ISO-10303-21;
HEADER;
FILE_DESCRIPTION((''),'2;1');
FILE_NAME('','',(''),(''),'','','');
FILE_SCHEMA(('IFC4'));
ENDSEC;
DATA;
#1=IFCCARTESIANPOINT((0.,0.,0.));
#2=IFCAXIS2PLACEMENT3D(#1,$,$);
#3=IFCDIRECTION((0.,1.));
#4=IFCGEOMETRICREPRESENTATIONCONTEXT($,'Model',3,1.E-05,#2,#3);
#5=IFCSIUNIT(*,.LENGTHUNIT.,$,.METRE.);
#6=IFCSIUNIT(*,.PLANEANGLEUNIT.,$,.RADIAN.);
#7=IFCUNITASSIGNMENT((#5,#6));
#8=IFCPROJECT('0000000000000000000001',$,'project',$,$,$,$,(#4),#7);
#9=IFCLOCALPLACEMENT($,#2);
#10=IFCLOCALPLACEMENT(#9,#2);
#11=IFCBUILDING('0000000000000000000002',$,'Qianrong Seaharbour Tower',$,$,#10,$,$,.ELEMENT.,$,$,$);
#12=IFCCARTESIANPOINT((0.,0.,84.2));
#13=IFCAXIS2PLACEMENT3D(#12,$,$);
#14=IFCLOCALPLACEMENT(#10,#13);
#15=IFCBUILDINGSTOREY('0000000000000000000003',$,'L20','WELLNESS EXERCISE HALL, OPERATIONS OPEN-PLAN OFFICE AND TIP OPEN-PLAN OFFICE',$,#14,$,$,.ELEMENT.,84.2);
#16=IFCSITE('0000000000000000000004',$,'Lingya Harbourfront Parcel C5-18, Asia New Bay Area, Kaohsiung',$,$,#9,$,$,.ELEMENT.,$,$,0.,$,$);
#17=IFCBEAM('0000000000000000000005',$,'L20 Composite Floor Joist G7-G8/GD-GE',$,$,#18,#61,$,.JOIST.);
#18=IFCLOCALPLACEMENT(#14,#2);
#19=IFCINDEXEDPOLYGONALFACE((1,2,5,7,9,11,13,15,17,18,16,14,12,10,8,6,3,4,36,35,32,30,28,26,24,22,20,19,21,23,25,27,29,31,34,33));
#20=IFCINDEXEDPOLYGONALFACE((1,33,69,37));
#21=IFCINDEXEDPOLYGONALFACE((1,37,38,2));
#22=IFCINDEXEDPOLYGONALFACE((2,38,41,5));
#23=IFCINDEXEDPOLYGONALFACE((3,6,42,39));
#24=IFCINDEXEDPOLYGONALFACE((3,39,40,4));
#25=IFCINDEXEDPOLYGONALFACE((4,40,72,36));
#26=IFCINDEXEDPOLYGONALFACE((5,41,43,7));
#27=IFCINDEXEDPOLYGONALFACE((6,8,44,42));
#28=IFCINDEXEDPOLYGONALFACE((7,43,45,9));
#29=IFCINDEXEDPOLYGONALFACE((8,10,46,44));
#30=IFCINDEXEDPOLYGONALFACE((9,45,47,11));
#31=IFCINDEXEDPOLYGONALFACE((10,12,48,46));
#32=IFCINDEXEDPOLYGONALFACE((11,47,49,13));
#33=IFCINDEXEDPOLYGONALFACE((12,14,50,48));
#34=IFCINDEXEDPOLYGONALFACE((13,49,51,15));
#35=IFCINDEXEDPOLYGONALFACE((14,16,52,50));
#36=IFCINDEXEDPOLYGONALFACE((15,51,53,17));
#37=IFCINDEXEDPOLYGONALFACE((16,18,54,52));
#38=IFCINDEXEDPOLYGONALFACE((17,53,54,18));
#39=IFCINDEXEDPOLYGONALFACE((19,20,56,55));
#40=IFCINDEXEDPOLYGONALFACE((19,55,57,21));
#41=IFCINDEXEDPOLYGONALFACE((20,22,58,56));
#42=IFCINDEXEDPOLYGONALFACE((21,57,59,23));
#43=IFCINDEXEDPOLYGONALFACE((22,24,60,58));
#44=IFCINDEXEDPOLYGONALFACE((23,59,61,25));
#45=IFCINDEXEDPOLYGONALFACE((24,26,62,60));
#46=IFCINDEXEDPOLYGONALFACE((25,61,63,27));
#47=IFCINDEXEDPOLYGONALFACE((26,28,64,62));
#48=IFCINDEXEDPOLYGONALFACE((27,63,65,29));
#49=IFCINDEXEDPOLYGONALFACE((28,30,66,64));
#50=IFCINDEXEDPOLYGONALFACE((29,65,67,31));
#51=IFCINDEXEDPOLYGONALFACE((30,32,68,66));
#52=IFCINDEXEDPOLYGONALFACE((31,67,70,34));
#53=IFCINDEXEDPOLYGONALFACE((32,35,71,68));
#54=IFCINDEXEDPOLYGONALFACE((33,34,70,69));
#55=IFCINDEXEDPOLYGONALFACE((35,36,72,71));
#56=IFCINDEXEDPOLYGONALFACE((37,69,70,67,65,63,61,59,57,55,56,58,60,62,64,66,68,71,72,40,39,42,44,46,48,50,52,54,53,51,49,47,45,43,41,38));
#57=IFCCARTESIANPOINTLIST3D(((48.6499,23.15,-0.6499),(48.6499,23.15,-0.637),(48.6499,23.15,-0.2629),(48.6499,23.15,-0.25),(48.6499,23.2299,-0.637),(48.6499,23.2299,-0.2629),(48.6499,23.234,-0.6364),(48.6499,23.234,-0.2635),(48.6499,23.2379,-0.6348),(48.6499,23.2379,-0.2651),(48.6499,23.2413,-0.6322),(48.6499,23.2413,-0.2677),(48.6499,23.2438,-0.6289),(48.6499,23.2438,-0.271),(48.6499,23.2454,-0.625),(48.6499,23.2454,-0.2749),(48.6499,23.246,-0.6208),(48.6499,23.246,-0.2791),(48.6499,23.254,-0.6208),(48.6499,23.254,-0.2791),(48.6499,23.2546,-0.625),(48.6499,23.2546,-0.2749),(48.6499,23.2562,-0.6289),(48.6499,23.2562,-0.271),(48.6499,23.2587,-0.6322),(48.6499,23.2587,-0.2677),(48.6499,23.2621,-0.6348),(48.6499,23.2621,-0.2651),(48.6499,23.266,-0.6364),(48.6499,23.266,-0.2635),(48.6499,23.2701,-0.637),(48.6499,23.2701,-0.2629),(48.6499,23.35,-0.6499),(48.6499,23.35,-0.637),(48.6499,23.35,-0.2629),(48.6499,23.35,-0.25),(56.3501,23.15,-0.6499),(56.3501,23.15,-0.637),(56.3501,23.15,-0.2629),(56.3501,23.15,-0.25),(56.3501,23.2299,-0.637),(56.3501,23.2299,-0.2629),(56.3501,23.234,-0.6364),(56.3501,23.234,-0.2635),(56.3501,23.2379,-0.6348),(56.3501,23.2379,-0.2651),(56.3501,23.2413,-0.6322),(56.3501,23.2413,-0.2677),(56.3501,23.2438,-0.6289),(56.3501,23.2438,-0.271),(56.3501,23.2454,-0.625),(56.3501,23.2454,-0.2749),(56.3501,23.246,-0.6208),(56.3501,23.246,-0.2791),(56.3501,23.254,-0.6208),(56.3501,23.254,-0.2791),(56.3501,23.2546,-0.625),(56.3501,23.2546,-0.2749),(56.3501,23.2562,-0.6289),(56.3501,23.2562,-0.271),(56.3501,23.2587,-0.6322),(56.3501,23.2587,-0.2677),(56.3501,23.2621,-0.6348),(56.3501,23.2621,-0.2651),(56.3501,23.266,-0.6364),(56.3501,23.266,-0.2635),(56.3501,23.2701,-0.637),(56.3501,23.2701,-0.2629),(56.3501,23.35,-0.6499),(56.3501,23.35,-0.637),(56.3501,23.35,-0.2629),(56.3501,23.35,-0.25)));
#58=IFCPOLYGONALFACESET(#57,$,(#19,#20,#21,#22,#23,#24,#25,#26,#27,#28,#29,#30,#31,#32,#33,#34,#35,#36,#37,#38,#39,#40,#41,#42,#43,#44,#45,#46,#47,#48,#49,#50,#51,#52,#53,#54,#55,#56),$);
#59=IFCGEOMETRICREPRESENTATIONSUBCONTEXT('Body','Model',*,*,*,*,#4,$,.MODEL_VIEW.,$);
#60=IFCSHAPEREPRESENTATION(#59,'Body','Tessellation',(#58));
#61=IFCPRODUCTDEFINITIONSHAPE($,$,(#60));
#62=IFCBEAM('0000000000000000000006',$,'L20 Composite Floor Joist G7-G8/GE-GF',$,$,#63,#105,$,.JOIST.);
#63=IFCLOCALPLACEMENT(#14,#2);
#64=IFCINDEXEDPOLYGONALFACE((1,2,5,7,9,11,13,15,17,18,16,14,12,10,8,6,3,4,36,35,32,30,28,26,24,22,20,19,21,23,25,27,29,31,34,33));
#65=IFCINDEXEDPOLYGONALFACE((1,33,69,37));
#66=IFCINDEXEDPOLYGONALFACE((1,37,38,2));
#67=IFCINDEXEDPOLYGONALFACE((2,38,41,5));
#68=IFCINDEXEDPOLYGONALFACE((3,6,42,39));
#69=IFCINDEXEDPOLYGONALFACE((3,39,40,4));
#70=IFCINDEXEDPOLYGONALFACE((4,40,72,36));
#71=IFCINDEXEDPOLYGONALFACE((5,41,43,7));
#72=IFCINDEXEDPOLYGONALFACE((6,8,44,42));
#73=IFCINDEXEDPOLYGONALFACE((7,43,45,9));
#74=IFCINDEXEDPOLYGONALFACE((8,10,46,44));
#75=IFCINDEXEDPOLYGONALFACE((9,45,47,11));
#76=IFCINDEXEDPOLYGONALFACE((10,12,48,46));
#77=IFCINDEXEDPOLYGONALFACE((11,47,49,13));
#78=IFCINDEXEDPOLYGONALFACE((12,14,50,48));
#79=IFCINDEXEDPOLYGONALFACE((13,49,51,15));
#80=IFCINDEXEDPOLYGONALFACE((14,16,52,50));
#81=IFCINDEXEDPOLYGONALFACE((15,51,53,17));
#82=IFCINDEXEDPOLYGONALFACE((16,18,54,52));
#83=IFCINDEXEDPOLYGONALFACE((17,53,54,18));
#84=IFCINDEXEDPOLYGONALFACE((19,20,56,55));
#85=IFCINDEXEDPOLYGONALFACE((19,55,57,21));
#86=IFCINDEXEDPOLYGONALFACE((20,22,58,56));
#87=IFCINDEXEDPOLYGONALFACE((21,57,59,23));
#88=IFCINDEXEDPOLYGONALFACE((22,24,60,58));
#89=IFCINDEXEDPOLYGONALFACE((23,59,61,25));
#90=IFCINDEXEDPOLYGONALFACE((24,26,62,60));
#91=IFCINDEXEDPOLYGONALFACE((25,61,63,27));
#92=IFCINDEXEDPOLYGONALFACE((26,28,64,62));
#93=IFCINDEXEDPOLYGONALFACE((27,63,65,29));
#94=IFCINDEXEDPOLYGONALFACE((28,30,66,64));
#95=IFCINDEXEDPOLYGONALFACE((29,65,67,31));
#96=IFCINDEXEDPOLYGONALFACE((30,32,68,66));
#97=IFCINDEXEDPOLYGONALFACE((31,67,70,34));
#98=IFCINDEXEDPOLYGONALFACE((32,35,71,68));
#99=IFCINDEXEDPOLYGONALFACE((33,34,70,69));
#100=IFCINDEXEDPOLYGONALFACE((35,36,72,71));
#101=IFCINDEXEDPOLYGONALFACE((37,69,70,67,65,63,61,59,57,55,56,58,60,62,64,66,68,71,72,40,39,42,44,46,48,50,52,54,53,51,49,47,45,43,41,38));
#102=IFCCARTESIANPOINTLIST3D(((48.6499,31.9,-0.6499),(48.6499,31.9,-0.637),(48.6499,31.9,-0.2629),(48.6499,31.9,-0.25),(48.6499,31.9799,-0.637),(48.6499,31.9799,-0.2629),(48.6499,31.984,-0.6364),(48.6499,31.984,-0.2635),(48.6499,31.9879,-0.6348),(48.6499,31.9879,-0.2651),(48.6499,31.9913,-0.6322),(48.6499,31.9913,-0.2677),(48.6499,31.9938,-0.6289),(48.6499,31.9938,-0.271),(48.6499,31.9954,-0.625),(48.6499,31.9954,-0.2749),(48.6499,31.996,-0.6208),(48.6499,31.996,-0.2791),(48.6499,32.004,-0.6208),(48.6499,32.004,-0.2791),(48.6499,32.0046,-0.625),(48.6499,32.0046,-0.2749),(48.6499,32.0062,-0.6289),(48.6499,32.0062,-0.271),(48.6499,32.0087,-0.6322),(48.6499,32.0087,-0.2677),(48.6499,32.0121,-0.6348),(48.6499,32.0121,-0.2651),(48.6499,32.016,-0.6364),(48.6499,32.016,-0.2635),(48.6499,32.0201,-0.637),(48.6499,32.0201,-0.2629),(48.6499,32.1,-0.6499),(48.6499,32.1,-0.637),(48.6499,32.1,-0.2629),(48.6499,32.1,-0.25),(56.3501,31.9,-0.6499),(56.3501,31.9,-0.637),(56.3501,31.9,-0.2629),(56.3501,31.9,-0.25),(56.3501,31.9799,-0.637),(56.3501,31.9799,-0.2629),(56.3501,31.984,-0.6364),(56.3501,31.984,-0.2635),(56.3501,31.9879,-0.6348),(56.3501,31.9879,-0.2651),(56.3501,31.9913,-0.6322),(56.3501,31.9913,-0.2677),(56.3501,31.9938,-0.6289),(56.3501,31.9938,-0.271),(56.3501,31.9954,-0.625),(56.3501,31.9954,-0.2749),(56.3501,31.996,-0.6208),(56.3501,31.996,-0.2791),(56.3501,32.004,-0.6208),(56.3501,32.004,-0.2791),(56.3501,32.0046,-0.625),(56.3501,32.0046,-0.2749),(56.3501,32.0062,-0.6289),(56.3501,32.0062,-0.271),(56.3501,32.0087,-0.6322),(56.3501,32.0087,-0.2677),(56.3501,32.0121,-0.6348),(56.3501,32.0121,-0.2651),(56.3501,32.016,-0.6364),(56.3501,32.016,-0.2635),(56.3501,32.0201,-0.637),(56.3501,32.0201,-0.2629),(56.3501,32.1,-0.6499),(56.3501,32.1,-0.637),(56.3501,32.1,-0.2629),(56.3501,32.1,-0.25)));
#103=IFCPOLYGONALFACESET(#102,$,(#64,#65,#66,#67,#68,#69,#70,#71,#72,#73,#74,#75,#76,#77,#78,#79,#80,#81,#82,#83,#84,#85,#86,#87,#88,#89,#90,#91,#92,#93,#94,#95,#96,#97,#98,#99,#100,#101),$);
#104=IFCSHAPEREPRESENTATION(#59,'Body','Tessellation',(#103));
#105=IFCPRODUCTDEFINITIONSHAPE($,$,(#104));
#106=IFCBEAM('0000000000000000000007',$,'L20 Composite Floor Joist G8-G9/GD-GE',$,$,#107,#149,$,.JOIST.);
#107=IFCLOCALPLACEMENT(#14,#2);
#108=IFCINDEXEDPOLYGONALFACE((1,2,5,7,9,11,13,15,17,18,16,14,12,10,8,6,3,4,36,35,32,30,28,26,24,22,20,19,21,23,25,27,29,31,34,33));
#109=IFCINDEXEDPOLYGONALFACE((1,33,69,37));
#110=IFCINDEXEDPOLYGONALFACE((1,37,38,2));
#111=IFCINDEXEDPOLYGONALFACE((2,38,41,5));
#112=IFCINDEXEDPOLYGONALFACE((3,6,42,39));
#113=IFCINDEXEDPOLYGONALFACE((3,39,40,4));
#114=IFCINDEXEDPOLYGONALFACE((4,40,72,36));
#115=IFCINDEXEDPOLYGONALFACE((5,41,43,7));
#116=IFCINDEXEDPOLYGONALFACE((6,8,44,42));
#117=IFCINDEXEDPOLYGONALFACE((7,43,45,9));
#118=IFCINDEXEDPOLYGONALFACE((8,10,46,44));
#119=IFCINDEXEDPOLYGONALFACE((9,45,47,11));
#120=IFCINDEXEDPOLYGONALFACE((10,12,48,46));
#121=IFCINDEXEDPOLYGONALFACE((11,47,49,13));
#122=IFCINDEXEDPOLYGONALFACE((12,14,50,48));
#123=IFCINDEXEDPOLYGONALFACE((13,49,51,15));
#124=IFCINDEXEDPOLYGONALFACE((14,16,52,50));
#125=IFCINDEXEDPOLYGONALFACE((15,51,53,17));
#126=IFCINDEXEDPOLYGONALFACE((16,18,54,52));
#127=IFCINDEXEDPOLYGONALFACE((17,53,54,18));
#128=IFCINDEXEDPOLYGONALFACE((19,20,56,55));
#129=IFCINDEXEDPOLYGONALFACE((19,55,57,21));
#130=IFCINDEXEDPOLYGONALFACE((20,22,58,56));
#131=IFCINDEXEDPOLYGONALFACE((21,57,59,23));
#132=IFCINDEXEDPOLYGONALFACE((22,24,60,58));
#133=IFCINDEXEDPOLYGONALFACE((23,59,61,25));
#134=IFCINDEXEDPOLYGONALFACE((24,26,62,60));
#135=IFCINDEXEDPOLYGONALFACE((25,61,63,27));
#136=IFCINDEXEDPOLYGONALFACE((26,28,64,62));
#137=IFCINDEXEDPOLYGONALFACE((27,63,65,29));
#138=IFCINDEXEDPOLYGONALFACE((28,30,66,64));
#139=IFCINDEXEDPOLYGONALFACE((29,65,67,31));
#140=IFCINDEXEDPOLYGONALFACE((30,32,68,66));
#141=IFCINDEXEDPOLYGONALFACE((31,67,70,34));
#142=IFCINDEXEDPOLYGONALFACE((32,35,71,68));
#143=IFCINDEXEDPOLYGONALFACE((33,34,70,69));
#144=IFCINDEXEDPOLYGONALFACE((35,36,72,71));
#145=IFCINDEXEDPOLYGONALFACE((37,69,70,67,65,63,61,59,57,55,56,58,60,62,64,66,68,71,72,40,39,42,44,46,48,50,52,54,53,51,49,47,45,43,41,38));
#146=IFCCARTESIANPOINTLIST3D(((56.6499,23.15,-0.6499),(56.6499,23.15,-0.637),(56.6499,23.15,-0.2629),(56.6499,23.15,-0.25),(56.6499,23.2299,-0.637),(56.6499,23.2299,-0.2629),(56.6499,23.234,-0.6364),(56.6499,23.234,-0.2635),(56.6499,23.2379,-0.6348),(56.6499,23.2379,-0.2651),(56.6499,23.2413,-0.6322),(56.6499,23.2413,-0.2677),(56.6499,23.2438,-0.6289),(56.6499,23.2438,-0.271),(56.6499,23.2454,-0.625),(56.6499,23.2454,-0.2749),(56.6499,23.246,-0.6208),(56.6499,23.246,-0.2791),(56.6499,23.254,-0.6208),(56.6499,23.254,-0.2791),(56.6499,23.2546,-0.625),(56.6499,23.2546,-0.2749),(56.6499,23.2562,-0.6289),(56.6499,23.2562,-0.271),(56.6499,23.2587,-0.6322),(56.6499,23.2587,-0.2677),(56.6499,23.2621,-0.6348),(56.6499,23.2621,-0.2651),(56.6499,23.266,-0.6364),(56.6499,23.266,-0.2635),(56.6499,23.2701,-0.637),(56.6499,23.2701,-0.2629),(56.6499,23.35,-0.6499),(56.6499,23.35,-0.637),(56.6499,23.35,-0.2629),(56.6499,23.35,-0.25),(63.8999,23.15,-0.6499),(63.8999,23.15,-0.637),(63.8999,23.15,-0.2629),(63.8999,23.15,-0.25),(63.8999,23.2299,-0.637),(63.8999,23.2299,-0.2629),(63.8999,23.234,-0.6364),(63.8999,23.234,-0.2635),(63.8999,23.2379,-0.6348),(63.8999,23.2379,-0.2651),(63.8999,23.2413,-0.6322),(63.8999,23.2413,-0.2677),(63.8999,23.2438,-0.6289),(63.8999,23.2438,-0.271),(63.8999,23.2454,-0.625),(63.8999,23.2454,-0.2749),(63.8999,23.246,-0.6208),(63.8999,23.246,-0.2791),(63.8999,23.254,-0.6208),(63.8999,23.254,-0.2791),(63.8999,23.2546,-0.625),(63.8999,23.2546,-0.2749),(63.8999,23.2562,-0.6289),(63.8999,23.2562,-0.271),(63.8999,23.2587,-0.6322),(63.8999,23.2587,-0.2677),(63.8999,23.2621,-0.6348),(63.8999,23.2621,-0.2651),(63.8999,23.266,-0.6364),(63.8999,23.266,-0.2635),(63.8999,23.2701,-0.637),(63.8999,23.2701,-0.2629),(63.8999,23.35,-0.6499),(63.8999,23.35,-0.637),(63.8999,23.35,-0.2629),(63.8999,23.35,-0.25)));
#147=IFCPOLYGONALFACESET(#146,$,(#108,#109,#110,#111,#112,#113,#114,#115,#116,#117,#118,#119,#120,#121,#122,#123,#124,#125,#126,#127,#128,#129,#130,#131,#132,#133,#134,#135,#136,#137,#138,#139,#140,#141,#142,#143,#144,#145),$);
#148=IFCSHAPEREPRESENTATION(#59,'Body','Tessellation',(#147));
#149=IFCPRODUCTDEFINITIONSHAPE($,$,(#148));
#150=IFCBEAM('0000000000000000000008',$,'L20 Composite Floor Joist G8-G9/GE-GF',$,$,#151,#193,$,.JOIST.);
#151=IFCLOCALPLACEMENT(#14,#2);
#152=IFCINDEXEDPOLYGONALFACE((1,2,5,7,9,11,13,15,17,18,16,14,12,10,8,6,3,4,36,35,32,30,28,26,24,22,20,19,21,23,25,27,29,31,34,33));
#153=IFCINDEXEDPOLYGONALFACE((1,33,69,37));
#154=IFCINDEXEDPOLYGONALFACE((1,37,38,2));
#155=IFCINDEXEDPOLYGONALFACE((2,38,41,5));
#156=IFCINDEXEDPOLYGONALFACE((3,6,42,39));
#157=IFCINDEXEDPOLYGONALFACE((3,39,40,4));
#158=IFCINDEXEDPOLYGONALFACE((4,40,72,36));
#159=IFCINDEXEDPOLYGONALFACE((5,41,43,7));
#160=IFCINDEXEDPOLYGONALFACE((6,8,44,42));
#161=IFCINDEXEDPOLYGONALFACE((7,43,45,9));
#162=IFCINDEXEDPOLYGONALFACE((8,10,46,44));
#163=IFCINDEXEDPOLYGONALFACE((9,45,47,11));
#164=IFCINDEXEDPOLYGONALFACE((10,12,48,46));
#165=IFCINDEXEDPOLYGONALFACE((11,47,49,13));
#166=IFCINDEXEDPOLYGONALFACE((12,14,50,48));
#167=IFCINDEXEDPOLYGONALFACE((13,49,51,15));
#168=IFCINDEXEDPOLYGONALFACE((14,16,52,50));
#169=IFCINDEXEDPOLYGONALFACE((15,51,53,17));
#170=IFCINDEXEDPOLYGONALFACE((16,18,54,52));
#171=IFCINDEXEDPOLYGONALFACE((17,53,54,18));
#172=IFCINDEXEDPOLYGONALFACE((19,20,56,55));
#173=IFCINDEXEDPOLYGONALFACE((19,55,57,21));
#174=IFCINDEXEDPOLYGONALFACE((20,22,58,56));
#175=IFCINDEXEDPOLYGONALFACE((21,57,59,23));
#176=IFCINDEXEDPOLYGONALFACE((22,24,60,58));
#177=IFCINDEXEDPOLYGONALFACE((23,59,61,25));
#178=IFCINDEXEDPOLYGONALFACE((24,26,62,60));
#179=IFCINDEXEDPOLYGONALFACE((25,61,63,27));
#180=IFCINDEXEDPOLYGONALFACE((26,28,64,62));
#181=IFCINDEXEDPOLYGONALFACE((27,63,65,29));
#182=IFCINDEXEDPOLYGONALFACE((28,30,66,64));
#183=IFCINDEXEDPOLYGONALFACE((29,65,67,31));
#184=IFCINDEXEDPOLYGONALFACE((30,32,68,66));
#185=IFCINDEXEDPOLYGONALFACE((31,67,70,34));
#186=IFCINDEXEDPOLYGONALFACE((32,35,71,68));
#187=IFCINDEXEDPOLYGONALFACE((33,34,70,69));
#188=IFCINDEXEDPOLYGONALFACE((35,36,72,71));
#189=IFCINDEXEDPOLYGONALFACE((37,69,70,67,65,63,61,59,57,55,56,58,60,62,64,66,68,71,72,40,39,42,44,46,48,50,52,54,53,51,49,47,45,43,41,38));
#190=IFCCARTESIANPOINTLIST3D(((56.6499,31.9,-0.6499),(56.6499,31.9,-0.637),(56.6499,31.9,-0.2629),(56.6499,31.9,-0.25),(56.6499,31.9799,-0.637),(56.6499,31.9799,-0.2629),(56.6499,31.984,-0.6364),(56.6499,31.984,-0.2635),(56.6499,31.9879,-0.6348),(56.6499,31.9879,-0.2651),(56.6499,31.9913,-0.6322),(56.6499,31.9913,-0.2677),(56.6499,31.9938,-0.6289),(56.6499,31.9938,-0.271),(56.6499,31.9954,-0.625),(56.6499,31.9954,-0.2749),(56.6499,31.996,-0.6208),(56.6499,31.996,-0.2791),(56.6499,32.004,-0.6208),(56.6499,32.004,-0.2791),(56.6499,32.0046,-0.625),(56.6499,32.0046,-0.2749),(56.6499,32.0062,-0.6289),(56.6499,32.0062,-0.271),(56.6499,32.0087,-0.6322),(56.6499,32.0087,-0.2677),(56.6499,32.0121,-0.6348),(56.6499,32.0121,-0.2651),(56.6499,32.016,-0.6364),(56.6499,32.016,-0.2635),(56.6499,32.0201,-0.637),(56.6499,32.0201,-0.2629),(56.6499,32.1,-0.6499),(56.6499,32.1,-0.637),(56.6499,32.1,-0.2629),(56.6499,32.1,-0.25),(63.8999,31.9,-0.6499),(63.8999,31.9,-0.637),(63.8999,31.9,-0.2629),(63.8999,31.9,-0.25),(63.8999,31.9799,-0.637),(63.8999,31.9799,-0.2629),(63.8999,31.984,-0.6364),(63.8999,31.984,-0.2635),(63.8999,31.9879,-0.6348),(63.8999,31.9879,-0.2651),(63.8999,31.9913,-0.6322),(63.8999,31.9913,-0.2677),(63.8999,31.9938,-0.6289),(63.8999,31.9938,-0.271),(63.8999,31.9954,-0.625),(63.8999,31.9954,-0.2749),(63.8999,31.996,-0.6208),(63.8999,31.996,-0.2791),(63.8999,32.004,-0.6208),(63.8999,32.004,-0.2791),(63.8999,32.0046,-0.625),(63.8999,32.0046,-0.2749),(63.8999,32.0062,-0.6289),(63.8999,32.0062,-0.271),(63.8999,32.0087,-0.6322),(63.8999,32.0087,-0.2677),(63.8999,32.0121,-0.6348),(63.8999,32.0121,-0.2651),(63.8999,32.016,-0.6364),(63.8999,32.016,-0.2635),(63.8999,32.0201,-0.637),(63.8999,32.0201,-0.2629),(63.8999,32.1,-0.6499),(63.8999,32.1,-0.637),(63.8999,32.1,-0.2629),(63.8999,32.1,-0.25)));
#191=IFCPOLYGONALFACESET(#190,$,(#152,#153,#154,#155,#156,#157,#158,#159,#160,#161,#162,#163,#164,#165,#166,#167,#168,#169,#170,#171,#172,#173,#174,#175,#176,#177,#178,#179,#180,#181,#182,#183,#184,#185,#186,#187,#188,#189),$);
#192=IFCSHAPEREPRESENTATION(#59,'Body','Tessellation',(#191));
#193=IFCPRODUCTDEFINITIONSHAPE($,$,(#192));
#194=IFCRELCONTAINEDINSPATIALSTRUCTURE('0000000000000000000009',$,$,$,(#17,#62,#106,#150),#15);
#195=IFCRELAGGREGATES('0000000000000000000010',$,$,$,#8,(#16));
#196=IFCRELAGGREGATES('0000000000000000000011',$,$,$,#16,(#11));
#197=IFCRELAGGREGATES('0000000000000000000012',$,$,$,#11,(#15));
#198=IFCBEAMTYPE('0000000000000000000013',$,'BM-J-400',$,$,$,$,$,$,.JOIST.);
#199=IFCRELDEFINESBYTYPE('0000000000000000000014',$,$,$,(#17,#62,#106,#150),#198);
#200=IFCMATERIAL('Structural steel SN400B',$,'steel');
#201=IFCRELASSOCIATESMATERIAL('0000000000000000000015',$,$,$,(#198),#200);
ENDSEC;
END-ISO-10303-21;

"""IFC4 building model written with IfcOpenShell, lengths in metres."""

from ifc_helpers import new_model, si_unit, direction, frame, origin, origin_2d, place, context, subcontext, project, spatial, i_section, extrude, material, material_profile, profile_set, type_object, element, save


model = new_model("IFC4")

# Units and contexts
model_context = context("Model", 3, precision=1e-05, world=origin(), true_north=direction((0.0, 1.0)))
body_context = subcontext(model_context, "Body", "Model", "MODEL_VIEW")
ifc_project = project(units=[si_unit("LENGTHUNIT", "METRE"), si_unit("PLANEANGLEUNIT", "RADIAN")], contexts=[model_context])

# Site, building, storey
site_placement = place(None, origin())
site = spatial("IfcSite", under=ifc_project, at=site_placement, Name="Lingya Harbourfront Parcel C5-18, Asia New Bay Area, Kaohsiung", CompositionType="ELEMENT", RefElevation=0.0)
building_placement = place(site_placement, origin())
building = spatial("IfcBuilding", under=site, at=building_placement, Name="Qianrong Seaharbour Tower", CompositionType="ELEMENT")
storey_placement = place(building_placement, frame((0.0, 0.0, 84.2)))
storey = spatial("IfcBuildingStorey", under=building, at=storey_placement, Name="L20", Description="WELLNESS EXERCISE HALL, OPERATIONS OPEN-PLAN OFFICE AND TIP OPEN-PLAN OFFICE", CompositionType="ELEMENT", Elevation=84.2)

# Beams
ifc_material_1 = material(Name="Structural steel SN400B", Category="steel")
ifc_material_profile_1 = material_profile(ifc_material_1, i_section(OverallWidth=0.2, OverallDepth=0.3999, WebThickness=0.0081, FlangeThickness=0.0129, FilletRadius=0.0161, at=origin_2d()), Name="H400x200x8x13")
ifc_profile_set_1 = profile_set([ifc_material_profile_1], Name="Structural steel SN400B")
beam_type_1 = type_object("IfcBeamType", Name="BM-J-400", PredefinedType="JOIST", material=ifc_profile_set_1)
for number, where, z_axis, x_axis, name in (
    (1, (48.6499, 23.25, -0.45), (1.0, 0.0, 0.0), (0.0, 1.0, 0.0), "L20 Composite Floor Joist G7-G8/GD-GE"),
    (2, (48.6499, 32.0, -0.45), (1.0, 0.0, 0.0), (0.0, 1.0, 0.0), "L20 Composite Floor Joist G7-G8/GE-GF"),
):
    element("IfcBeam", number, at=place(storey_placement, frame(where, z_axis=z_axis, x_axis=x_axis)), inside=storey, type_object=beam_type_1, Name=name, PredefinedType="JOIST", context=body_context, shape_type="SweptSolid", body=[
        extrude(i_section(OverallWidth=0.2, OverallDepth=0.3999, WebThickness=0.0081, FlangeThickness=0.0129, FilletRadius=0.0161, at=origin_2d()), origin(), (0.0, 0.0, 1.0), 7.7002),
    ])
for number, where, z_axis, x_axis, name in (
    (3, (56.6499, 23.25, -0.45), (1.0, 0.0, 0.0), (0.0, 1.0, 0.0), "L20 Composite Floor Joist G8-G9/GD-GE"),
    (4, (56.6499, 32.0, -0.45), (1.0, 0.0, 0.0), (0.0, 1.0, 0.0), "L20 Composite Floor Joist G8-G9/GE-GF"),
):
    element("IfcBeam", number, at=place(storey_placement, frame(where, z_axis=z_axis, x_axis=x_axis)), inside=storey, type_object=beam_type_1, Name=name, PredefinedType="JOIST", context=body_context, shape_type="SweptSolid", body=[
        extrude(i_section(OverallWidth=0.2, OverallDepth=0.3999, WebThickness=0.0081, FlangeThickness=0.0129, FilletRadius=0.0161, at=origin_2d()), origin(), (0.0, 0.0, 1.0), 7.25),
    ])

save(model, "model.ifc")
